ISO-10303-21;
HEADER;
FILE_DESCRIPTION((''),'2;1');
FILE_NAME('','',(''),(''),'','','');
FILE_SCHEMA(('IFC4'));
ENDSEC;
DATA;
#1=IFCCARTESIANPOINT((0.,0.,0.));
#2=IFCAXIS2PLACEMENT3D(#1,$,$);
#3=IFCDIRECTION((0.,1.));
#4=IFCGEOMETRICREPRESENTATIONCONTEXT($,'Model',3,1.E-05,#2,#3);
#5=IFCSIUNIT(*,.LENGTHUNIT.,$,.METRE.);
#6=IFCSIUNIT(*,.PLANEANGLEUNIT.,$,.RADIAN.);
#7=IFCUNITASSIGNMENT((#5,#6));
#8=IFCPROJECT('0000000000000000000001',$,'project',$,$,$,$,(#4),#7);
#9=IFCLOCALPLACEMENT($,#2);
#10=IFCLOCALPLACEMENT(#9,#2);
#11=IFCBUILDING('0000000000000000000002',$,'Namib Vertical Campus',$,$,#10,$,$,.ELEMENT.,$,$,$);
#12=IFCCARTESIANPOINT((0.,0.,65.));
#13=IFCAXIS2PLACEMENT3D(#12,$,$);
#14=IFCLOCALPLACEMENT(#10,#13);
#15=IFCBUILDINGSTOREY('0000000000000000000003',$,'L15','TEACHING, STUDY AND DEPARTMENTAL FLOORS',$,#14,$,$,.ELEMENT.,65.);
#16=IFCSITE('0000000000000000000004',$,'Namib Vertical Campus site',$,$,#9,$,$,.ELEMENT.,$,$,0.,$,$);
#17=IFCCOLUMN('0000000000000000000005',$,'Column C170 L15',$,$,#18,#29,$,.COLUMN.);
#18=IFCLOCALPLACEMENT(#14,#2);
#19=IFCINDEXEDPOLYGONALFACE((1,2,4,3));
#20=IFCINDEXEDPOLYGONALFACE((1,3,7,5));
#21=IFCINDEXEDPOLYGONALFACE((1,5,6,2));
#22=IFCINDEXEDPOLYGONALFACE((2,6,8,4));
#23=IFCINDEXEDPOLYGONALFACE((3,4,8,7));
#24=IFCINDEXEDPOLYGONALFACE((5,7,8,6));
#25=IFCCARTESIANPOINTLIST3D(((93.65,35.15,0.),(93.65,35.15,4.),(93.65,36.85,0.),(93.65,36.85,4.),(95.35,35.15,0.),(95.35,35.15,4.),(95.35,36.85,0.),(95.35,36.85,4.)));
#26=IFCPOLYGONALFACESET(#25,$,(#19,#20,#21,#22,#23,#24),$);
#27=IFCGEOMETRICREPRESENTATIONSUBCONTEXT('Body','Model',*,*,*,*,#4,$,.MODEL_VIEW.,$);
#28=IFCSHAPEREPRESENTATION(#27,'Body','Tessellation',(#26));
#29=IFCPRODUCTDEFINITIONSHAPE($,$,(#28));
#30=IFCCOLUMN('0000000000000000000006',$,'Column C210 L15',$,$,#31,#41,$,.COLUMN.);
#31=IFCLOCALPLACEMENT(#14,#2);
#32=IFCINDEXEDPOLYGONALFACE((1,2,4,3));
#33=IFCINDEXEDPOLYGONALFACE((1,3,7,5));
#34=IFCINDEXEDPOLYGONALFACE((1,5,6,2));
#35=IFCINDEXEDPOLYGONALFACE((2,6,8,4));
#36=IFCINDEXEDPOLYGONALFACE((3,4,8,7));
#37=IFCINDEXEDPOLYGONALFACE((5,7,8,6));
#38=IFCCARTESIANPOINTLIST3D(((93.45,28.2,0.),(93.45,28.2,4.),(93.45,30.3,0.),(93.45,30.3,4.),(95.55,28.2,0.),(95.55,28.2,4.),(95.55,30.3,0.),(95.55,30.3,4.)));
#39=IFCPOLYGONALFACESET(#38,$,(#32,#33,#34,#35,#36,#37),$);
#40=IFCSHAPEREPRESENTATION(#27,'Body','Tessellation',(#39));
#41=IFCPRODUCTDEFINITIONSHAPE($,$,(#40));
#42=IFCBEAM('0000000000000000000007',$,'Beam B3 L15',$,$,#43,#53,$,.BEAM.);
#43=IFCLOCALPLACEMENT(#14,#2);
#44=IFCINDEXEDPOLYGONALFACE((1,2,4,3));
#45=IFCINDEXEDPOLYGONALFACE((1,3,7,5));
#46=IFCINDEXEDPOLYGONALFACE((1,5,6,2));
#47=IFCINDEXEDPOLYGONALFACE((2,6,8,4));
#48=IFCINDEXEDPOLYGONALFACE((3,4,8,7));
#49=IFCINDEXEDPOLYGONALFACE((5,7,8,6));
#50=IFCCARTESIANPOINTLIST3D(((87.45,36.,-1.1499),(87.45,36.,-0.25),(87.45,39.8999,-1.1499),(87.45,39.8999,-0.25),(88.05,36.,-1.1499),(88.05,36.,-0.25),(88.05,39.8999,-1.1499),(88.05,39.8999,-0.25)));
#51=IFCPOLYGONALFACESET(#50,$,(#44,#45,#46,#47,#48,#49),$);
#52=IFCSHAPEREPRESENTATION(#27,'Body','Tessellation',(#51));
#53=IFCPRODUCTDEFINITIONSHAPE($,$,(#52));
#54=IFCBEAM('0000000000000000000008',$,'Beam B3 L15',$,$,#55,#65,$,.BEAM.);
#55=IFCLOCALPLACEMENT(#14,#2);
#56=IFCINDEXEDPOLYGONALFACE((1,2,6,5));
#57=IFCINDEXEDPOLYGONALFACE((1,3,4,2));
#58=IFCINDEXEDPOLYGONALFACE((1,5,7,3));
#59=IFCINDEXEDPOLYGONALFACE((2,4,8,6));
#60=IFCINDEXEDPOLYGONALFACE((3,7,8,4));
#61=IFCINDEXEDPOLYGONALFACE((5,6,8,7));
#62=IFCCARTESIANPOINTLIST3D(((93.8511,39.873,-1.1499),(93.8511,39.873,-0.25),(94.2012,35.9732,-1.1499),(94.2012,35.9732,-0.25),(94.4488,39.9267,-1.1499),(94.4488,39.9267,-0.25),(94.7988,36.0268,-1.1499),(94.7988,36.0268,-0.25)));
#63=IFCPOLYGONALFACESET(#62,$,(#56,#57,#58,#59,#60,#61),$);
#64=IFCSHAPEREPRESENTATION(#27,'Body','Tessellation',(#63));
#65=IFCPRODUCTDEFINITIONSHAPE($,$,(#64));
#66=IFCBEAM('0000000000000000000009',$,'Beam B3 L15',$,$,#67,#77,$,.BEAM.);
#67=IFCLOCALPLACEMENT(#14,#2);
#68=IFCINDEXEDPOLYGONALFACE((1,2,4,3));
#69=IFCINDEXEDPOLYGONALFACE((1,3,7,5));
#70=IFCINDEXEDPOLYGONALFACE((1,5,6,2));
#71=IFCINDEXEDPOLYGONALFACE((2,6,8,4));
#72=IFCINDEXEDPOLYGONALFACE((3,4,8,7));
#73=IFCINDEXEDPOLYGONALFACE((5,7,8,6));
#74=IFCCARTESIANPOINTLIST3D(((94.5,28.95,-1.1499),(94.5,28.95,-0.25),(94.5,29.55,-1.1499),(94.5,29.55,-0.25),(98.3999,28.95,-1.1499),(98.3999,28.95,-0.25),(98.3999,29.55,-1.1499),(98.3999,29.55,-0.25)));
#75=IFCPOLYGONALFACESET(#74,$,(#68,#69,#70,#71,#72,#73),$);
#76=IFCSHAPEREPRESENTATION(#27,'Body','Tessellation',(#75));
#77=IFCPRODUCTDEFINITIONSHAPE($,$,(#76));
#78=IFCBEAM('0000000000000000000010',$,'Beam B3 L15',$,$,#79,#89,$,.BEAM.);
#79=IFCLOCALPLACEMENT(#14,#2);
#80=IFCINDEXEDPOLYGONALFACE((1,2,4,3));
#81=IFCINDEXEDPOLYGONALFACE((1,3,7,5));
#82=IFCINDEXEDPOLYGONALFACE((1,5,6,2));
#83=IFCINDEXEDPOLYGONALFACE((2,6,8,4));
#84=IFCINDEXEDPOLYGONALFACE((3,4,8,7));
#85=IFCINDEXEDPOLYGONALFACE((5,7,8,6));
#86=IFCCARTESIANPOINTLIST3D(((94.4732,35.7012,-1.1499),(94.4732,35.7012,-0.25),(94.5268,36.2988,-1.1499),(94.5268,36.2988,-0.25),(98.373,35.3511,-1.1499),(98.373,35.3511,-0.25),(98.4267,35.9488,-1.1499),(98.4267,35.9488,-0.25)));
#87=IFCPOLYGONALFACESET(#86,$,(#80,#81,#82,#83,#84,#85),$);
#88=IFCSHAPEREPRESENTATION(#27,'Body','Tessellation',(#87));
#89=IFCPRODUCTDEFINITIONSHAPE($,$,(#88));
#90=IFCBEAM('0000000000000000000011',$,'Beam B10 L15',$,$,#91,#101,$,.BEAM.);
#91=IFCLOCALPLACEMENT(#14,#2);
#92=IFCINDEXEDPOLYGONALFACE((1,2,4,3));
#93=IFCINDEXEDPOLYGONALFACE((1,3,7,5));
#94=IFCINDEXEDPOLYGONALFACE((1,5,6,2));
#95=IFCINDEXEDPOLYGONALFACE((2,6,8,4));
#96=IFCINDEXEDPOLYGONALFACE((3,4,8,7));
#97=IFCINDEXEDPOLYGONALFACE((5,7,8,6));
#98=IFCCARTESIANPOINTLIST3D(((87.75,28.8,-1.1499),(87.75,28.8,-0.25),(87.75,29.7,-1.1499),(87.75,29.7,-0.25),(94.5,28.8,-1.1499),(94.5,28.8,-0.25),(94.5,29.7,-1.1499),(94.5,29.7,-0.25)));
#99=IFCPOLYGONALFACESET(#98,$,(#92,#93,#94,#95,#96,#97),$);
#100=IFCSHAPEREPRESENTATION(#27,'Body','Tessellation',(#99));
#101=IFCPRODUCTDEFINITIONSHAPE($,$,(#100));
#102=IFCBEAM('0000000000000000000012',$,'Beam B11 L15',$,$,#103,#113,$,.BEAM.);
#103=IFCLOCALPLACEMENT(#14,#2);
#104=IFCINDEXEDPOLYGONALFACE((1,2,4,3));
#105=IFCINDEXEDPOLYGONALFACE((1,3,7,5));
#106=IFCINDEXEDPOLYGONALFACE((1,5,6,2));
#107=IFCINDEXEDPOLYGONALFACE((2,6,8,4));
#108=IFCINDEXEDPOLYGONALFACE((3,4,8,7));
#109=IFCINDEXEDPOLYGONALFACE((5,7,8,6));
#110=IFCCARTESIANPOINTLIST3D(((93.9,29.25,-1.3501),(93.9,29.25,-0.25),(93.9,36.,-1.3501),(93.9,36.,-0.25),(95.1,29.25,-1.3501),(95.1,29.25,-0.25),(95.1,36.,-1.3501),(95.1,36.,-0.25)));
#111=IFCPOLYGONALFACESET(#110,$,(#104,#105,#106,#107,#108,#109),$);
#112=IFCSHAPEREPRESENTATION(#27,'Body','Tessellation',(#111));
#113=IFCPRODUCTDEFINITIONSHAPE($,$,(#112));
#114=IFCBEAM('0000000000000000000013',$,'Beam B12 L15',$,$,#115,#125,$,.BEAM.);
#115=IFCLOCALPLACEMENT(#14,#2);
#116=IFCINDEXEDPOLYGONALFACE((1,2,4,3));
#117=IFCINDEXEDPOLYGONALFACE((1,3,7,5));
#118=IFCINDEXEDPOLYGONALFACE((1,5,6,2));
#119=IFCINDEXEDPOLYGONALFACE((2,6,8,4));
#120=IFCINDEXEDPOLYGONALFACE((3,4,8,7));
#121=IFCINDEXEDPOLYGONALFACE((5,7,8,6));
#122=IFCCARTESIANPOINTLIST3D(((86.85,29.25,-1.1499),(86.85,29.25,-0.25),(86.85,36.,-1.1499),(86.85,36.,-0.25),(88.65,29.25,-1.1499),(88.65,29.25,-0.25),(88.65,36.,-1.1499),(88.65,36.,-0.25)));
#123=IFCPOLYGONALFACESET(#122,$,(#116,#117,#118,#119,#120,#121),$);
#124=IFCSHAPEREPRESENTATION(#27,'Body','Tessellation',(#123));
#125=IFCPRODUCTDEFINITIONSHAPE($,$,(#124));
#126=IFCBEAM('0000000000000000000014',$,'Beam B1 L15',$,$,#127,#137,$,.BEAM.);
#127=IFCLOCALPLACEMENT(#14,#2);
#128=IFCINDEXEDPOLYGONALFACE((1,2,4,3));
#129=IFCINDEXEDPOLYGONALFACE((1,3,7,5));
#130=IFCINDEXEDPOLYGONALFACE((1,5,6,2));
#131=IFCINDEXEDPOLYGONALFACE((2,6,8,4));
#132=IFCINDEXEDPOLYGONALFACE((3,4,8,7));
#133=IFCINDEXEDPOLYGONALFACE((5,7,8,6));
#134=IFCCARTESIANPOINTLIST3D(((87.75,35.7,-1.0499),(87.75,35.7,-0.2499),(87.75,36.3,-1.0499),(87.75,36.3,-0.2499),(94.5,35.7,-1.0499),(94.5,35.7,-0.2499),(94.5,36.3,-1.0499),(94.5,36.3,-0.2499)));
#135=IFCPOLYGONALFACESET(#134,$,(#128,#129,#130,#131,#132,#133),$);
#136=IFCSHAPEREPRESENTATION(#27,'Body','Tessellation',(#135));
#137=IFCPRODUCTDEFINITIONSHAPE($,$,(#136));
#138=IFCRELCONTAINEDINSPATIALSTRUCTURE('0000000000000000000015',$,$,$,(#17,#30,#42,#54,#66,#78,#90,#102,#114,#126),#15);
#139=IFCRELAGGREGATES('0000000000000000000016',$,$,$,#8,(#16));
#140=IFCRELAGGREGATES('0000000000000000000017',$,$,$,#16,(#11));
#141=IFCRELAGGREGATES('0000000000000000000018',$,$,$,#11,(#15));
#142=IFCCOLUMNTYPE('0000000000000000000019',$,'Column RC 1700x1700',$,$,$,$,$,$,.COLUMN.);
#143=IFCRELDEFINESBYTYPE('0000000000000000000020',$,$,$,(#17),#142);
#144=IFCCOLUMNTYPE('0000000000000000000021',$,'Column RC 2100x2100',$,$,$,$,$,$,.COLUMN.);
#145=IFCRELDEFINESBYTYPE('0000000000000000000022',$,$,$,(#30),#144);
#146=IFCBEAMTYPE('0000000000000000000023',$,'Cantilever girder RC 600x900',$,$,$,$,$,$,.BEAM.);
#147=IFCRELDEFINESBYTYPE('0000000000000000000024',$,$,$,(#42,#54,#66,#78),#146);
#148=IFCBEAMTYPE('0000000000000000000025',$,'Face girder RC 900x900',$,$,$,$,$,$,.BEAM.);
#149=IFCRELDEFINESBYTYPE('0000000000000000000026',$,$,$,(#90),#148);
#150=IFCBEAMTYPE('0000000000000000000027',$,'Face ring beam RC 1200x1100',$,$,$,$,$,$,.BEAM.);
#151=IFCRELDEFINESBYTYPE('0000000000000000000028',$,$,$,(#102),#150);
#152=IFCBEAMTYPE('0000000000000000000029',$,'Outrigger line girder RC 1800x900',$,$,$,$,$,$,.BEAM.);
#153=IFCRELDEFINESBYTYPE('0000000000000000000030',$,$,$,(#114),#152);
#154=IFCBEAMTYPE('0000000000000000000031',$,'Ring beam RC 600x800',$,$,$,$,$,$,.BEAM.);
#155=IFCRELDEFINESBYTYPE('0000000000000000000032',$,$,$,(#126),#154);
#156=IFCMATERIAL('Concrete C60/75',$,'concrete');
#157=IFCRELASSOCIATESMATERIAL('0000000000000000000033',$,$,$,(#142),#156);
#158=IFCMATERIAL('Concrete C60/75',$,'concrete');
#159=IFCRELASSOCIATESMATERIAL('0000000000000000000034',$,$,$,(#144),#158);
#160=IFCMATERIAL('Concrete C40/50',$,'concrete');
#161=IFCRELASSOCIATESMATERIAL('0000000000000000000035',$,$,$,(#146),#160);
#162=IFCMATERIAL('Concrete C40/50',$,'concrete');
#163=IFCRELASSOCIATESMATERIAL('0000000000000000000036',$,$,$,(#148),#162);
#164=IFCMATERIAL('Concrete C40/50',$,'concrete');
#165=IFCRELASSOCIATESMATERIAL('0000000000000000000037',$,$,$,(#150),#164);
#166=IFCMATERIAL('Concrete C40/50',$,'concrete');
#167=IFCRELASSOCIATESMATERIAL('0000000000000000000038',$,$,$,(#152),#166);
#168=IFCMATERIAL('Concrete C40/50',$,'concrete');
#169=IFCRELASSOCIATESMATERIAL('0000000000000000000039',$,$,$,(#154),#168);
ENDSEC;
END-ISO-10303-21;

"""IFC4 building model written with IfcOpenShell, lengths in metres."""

from ifc_helpers import new_model, si_unit, direction, frame, origin, origin_2d, place, context, subcontext, project, spatial, rectangle, extrude, material, material_profile, profile_set, type_object, element, save


model = new_model("IFC4")

# Units and contexts
model_context = context("Model", 3, precision=1e-05, world=origin(), true_north=direction((0.0, 1.0)))
body_context = subcontext(model_context, "Body", "Model", "MODEL_VIEW")
ifc_project = project(units=[si_unit("LENGTHUNIT", "METRE"), si_unit("PLANEANGLEUNIT", "RADIAN")], contexts=[model_context])

# Site, building, storey
site_placement = place(None, origin())
site = spatial("IfcSite", under=ifc_project, at=site_placement, Name="Namib Vertical Campus site", CompositionType="ELEMENT", RefElevation=0.0)
building_placement = place(site_placement, origin())
building = spatial("IfcBuilding", under=site, at=building_placement, Name="Namib Vertical Campus", CompositionType="ELEMENT")
storey_placement = place(building_placement, frame((0.0, 0.0, 65.0)))
storey = spatial("IfcBuildingStorey", under=building, at=storey_placement, Name="L15", Description="TEACHING, STUDY AND DEPARTMENTAL FLOORS", CompositionType="ELEMENT", Elevation=65.0)

# Columns
ifc_material_1 = material(Name="Concrete C60/75", Category="concrete")
ifc_material_profile_1 = material_profile(ifc_material_1, rectangle(XDim=1.7, YDim=1.7, at=origin_2d()))
ifc_profile_set_1 = profile_set([ifc_material_profile_1], Name="Concrete C60/75")
column_type_1 = type_object("IfcColumnType", Name="Column RC 1700x1700", PredefinedType="COLUMN", material=ifc_profile_set_1)
column_1_placement = place(storey_placement, frame((94.5, 36.0, 0.0), z_axis=(0.0, 0.0, 1.0), x_axis=(1.0, 0.0, 0.0)))
element("IfcColumn", 1, at=column_1_placement, inside=storey, type_object=column_type_1, Name="Column C170 L15", PredefinedType="COLUMN", context=body_context, shape_type="SweptSolid", body=[
    extrude(rectangle(XDim=1.7, YDim=1.7, at=origin_2d()), origin(), (0.0, 0.0, 1.0), 4.0),
])
ifc_material_2 = material(Name="Concrete C60/75", Category="concrete")
ifc_material_profile_2 = material_profile(ifc_material_2, rectangle(XDim=2.1001, YDim=2.1001, at=origin_2d()))
ifc_profile_set_2 = profile_set([ifc_material_profile_2], Name="Concrete C60/75")
column_type_2 = type_object("IfcColumnType", Name="Column RC 2100x2100", PredefinedType="COLUMN", material=ifc_profile_set_2)
column_2_placement = place(storey_placement, frame((94.5, 29.25, 0.0), z_axis=(0.0, 0.0, 1.0), x_axis=(1.0, 0.0, 0.0)))
element("IfcColumn", 2, at=column_2_placement, inside=storey, type_object=column_type_2, Name="Column C210 L15", PredefinedType="COLUMN", context=body_context, shape_type="SweptSolid", body=[
    extrude(rectangle(XDim=2.1001, YDim=2.1001, at=origin_2d()), origin(), (0.0, 0.0, 1.0), 4.0),
])

# Beams
ifc_material_3 = material(Name="Concrete C40/50", Category="concrete")
ifc_material_profile_3 = material_profile(ifc_material_3, rectangle(XDim=0.6001, YDim=0.8999, at=origin_2d()))
ifc_profile_set_3 = profile_set([ifc_material_profile_3], Name="Concrete C40/50")
beam_type_1 = type_object("IfcBeamType", Name="Cantilever girder RC 600x900", PredefinedType="BEAM", material=ifc_profile_set_3)
beam_1_placement = place(storey_placement, frame((87.75, 36.0, -0.7), z_axis=(0.0, 1.0, 0.0), x_axis=(-1.0, 0.0, 0.0)))
element("IfcBeam", 3, at=beam_1_placement, inside=storey, type_object=beam_type_1, Name="Beam B3 L15", PredefinedType="BEAM", context=body_context, shape_type="SweptSolid", body=[
    extrude(rectangle(XDim=0.6001, YDim=0.8999, at=origin_2d()), origin(), (0.0, 0.0, 1.0), 3.8999),
])
beam_2_placement = place(storey_placement, frame((94.5, 36.0, -0.7), z_axis=(-0.089411, 0.995995, 0.0), x_axis=(-0.995995, -0.089411, 0.0)))
element("IfcBeam", 4, at=beam_2_placement, inside=storey, type_object=beam_type_1, Name="Beam B3 L15", PredefinedType="BEAM", context=body_context, shape_type="SweptSolid", body=[
    extrude(rectangle(XDim=0.6001, YDim=0.8999, at=origin_2d()), origin(), (0.0, 0.0, 1.0), 3.9155),
])
beam_3_placement = place(storey_placement, frame((94.5, 29.25, -0.7), z_axis=(1.0, 0.0, 0.0), x_axis=(0.0, 1.0, 0.0)))
element("IfcBeam", 5, at=beam_3_placement, inside=storey, type_object=beam_type_1, Name="Beam B3 L15", PredefinedType="BEAM", context=body_context, shape_type="SweptSolid", body=[
    extrude(rectangle(XDim=0.6001, YDim=0.8999, at=origin_2d()), origin(), (0.0, 0.0, 1.0), 3.8999),
])
beam_4_placement = place(storey_placement, frame((94.5, 36.0, -0.7), z_axis=(0.995995, -0.089411, 0.0), x_axis=(0.089411, 0.995995, 0.0)))
element("IfcBeam", 6, at=beam_4_placement, inside=storey, type_object=beam_type_1, Name="Beam B3 L15", PredefinedType="BEAM", context=body_context, shape_type="SweptSolid", body=[
    extrude(rectangle(XDim=0.6001, YDim=0.8999, at=origin_2d()), origin(), (0.0, 0.0, 1.0), 3.9155),
])
ifc_material_4 = material(Name="Concrete C40/50", Category="concrete")
ifc_material_profile_4 = material_profile(ifc_material_4, rectangle(XDim=0.8999, YDim=0.8999, at=origin_2d()))
ifc_profile_set_4 = profile_set([ifc_material_profile_4], Name="Concrete C40/50")
beam_type_2 = type_object("IfcBeamType", Name="Face girder RC 900x900", PredefinedType="BEAM", material=ifc_profile_set_4)
beam_5_placement = place(storey_placement, frame((94.5, 29.25, -0.7), z_axis=(-1.0, 0.0, 0.0), x_axis=(0.0, -1.0, 0.0)))
element("IfcBeam", 7, at=beam_5_placement, inside=storey, type_object=beam_type_2, Name="Beam B10 L15", PredefinedType="BEAM", context=body_context, shape_type="SweptSolid", body=[
    extrude(rectangle(XDim=0.8999, YDim=0.8999, at=origin_2d()), origin(), (0.0, 0.0, 1.0), 6.75),
])
ifc_material_5 = material(Name="Concrete C40/50", Category="concrete")
ifc_material_profile_5 = material_profile(ifc_material_5, rectangle(XDim=1.2, YDim=1.1001, at=origin_2d()))
ifc_profile_set_5 = profile_set([ifc_material_profile_5], Name="Concrete C40/50")
beam_type_3 = type_object("IfcBeamType", Name="Face ring beam RC 1200x1100", PredefinedType="BEAM", material=ifc_profile_set_5)
beam_6_placement = place(storey_placement, frame((94.5, 29.25, -0.8), z_axis=(0.0, 1.0, 0.0), x_axis=(-1.0, 0.0, 0.0)))
element("IfcBeam", 8, at=beam_6_placement, inside=storey, type_object=beam_type_3, Name="Beam B11 L15", PredefinedType="BEAM", context=body_context, shape_type="SweptSolid", body=[
    extrude(rectangle(XDim=1.2, YDim=1.1001, at=origin_2d()), origin(), (0.0, 0.0, 1.0), 6.75),
])
ifc_material_6 = material(Name="Concrete C40/50", Category="concrete")
ifc_material_profile_6 = material_profile(ifc_material_6, rectangle(XDim=1.8, YDim=0.8999, at=origin_2d()))
ifc_profile_set_6 = profile_set([ifc_material_profile_6], Name="Concrete C40/50")
beam_type_4 = type_object("IfcBeamType", Name="Outrigger line girder RC 1800x900", PredefinedType="BEAM", material=ifc_profile_set_6)
beam_7_placement = place(storey_placement, frame((87.75, 36.0, -0.7), z_axis=(0.0, -1.0, 0.0), x_axis=(1.0, 0.0, 0.0)))
element("IfcBeam", 9, at=beam_7_placement, inside=storey, type_object=beam_type_4, Name="Beam B12 L15", PredefinedType="BEAM", context=body_context, shape_type="SweptSolid", body=[
    extrude(rectangle(XDim=1.8, YDim=0.8999, at=origin_2d()), origin(), (0.0, 0.0, 1.0), 6.75),
])
ifc_material_7 = material(Name="Concrete C40/50", Category="concrete")
ifc_material_profile_7 = material_profile(ifc_material_7, rectangle(XDim=0.6001, YDim=0.8, at=origin_2d()))
ifc_profile_set_7 = profile_set([ifc_material_profile_7], Name="Concrete C40/50")
beam_type_5 = type_object("IfcBeamType", Name="Ring beam RC 600x800", PredefinedType="BEAM", material=ifc_profile_set_7)
beam_8_placement = place(storey_placement, frame((87.75, 36.0, -0.6499), z_axis=(1.0, 0.0, 0.0), x_axis=(0.0, 1.0, 0.0)))
element("IfcBeam", 10, at=beam_8_placement, inside=storey, type_object=beam_type_5, Name="Beam B1 L15", PredefinedType="BEAM", context=body_context, shape_type="SweptSolid", body=[
    extrude(rectangle(XDim=0.6001, YDim=0.8, at=origin_2d()), origin(), (0.0, 0.0, 1.0), 6.75),
])

save(model, "model.ifc")
